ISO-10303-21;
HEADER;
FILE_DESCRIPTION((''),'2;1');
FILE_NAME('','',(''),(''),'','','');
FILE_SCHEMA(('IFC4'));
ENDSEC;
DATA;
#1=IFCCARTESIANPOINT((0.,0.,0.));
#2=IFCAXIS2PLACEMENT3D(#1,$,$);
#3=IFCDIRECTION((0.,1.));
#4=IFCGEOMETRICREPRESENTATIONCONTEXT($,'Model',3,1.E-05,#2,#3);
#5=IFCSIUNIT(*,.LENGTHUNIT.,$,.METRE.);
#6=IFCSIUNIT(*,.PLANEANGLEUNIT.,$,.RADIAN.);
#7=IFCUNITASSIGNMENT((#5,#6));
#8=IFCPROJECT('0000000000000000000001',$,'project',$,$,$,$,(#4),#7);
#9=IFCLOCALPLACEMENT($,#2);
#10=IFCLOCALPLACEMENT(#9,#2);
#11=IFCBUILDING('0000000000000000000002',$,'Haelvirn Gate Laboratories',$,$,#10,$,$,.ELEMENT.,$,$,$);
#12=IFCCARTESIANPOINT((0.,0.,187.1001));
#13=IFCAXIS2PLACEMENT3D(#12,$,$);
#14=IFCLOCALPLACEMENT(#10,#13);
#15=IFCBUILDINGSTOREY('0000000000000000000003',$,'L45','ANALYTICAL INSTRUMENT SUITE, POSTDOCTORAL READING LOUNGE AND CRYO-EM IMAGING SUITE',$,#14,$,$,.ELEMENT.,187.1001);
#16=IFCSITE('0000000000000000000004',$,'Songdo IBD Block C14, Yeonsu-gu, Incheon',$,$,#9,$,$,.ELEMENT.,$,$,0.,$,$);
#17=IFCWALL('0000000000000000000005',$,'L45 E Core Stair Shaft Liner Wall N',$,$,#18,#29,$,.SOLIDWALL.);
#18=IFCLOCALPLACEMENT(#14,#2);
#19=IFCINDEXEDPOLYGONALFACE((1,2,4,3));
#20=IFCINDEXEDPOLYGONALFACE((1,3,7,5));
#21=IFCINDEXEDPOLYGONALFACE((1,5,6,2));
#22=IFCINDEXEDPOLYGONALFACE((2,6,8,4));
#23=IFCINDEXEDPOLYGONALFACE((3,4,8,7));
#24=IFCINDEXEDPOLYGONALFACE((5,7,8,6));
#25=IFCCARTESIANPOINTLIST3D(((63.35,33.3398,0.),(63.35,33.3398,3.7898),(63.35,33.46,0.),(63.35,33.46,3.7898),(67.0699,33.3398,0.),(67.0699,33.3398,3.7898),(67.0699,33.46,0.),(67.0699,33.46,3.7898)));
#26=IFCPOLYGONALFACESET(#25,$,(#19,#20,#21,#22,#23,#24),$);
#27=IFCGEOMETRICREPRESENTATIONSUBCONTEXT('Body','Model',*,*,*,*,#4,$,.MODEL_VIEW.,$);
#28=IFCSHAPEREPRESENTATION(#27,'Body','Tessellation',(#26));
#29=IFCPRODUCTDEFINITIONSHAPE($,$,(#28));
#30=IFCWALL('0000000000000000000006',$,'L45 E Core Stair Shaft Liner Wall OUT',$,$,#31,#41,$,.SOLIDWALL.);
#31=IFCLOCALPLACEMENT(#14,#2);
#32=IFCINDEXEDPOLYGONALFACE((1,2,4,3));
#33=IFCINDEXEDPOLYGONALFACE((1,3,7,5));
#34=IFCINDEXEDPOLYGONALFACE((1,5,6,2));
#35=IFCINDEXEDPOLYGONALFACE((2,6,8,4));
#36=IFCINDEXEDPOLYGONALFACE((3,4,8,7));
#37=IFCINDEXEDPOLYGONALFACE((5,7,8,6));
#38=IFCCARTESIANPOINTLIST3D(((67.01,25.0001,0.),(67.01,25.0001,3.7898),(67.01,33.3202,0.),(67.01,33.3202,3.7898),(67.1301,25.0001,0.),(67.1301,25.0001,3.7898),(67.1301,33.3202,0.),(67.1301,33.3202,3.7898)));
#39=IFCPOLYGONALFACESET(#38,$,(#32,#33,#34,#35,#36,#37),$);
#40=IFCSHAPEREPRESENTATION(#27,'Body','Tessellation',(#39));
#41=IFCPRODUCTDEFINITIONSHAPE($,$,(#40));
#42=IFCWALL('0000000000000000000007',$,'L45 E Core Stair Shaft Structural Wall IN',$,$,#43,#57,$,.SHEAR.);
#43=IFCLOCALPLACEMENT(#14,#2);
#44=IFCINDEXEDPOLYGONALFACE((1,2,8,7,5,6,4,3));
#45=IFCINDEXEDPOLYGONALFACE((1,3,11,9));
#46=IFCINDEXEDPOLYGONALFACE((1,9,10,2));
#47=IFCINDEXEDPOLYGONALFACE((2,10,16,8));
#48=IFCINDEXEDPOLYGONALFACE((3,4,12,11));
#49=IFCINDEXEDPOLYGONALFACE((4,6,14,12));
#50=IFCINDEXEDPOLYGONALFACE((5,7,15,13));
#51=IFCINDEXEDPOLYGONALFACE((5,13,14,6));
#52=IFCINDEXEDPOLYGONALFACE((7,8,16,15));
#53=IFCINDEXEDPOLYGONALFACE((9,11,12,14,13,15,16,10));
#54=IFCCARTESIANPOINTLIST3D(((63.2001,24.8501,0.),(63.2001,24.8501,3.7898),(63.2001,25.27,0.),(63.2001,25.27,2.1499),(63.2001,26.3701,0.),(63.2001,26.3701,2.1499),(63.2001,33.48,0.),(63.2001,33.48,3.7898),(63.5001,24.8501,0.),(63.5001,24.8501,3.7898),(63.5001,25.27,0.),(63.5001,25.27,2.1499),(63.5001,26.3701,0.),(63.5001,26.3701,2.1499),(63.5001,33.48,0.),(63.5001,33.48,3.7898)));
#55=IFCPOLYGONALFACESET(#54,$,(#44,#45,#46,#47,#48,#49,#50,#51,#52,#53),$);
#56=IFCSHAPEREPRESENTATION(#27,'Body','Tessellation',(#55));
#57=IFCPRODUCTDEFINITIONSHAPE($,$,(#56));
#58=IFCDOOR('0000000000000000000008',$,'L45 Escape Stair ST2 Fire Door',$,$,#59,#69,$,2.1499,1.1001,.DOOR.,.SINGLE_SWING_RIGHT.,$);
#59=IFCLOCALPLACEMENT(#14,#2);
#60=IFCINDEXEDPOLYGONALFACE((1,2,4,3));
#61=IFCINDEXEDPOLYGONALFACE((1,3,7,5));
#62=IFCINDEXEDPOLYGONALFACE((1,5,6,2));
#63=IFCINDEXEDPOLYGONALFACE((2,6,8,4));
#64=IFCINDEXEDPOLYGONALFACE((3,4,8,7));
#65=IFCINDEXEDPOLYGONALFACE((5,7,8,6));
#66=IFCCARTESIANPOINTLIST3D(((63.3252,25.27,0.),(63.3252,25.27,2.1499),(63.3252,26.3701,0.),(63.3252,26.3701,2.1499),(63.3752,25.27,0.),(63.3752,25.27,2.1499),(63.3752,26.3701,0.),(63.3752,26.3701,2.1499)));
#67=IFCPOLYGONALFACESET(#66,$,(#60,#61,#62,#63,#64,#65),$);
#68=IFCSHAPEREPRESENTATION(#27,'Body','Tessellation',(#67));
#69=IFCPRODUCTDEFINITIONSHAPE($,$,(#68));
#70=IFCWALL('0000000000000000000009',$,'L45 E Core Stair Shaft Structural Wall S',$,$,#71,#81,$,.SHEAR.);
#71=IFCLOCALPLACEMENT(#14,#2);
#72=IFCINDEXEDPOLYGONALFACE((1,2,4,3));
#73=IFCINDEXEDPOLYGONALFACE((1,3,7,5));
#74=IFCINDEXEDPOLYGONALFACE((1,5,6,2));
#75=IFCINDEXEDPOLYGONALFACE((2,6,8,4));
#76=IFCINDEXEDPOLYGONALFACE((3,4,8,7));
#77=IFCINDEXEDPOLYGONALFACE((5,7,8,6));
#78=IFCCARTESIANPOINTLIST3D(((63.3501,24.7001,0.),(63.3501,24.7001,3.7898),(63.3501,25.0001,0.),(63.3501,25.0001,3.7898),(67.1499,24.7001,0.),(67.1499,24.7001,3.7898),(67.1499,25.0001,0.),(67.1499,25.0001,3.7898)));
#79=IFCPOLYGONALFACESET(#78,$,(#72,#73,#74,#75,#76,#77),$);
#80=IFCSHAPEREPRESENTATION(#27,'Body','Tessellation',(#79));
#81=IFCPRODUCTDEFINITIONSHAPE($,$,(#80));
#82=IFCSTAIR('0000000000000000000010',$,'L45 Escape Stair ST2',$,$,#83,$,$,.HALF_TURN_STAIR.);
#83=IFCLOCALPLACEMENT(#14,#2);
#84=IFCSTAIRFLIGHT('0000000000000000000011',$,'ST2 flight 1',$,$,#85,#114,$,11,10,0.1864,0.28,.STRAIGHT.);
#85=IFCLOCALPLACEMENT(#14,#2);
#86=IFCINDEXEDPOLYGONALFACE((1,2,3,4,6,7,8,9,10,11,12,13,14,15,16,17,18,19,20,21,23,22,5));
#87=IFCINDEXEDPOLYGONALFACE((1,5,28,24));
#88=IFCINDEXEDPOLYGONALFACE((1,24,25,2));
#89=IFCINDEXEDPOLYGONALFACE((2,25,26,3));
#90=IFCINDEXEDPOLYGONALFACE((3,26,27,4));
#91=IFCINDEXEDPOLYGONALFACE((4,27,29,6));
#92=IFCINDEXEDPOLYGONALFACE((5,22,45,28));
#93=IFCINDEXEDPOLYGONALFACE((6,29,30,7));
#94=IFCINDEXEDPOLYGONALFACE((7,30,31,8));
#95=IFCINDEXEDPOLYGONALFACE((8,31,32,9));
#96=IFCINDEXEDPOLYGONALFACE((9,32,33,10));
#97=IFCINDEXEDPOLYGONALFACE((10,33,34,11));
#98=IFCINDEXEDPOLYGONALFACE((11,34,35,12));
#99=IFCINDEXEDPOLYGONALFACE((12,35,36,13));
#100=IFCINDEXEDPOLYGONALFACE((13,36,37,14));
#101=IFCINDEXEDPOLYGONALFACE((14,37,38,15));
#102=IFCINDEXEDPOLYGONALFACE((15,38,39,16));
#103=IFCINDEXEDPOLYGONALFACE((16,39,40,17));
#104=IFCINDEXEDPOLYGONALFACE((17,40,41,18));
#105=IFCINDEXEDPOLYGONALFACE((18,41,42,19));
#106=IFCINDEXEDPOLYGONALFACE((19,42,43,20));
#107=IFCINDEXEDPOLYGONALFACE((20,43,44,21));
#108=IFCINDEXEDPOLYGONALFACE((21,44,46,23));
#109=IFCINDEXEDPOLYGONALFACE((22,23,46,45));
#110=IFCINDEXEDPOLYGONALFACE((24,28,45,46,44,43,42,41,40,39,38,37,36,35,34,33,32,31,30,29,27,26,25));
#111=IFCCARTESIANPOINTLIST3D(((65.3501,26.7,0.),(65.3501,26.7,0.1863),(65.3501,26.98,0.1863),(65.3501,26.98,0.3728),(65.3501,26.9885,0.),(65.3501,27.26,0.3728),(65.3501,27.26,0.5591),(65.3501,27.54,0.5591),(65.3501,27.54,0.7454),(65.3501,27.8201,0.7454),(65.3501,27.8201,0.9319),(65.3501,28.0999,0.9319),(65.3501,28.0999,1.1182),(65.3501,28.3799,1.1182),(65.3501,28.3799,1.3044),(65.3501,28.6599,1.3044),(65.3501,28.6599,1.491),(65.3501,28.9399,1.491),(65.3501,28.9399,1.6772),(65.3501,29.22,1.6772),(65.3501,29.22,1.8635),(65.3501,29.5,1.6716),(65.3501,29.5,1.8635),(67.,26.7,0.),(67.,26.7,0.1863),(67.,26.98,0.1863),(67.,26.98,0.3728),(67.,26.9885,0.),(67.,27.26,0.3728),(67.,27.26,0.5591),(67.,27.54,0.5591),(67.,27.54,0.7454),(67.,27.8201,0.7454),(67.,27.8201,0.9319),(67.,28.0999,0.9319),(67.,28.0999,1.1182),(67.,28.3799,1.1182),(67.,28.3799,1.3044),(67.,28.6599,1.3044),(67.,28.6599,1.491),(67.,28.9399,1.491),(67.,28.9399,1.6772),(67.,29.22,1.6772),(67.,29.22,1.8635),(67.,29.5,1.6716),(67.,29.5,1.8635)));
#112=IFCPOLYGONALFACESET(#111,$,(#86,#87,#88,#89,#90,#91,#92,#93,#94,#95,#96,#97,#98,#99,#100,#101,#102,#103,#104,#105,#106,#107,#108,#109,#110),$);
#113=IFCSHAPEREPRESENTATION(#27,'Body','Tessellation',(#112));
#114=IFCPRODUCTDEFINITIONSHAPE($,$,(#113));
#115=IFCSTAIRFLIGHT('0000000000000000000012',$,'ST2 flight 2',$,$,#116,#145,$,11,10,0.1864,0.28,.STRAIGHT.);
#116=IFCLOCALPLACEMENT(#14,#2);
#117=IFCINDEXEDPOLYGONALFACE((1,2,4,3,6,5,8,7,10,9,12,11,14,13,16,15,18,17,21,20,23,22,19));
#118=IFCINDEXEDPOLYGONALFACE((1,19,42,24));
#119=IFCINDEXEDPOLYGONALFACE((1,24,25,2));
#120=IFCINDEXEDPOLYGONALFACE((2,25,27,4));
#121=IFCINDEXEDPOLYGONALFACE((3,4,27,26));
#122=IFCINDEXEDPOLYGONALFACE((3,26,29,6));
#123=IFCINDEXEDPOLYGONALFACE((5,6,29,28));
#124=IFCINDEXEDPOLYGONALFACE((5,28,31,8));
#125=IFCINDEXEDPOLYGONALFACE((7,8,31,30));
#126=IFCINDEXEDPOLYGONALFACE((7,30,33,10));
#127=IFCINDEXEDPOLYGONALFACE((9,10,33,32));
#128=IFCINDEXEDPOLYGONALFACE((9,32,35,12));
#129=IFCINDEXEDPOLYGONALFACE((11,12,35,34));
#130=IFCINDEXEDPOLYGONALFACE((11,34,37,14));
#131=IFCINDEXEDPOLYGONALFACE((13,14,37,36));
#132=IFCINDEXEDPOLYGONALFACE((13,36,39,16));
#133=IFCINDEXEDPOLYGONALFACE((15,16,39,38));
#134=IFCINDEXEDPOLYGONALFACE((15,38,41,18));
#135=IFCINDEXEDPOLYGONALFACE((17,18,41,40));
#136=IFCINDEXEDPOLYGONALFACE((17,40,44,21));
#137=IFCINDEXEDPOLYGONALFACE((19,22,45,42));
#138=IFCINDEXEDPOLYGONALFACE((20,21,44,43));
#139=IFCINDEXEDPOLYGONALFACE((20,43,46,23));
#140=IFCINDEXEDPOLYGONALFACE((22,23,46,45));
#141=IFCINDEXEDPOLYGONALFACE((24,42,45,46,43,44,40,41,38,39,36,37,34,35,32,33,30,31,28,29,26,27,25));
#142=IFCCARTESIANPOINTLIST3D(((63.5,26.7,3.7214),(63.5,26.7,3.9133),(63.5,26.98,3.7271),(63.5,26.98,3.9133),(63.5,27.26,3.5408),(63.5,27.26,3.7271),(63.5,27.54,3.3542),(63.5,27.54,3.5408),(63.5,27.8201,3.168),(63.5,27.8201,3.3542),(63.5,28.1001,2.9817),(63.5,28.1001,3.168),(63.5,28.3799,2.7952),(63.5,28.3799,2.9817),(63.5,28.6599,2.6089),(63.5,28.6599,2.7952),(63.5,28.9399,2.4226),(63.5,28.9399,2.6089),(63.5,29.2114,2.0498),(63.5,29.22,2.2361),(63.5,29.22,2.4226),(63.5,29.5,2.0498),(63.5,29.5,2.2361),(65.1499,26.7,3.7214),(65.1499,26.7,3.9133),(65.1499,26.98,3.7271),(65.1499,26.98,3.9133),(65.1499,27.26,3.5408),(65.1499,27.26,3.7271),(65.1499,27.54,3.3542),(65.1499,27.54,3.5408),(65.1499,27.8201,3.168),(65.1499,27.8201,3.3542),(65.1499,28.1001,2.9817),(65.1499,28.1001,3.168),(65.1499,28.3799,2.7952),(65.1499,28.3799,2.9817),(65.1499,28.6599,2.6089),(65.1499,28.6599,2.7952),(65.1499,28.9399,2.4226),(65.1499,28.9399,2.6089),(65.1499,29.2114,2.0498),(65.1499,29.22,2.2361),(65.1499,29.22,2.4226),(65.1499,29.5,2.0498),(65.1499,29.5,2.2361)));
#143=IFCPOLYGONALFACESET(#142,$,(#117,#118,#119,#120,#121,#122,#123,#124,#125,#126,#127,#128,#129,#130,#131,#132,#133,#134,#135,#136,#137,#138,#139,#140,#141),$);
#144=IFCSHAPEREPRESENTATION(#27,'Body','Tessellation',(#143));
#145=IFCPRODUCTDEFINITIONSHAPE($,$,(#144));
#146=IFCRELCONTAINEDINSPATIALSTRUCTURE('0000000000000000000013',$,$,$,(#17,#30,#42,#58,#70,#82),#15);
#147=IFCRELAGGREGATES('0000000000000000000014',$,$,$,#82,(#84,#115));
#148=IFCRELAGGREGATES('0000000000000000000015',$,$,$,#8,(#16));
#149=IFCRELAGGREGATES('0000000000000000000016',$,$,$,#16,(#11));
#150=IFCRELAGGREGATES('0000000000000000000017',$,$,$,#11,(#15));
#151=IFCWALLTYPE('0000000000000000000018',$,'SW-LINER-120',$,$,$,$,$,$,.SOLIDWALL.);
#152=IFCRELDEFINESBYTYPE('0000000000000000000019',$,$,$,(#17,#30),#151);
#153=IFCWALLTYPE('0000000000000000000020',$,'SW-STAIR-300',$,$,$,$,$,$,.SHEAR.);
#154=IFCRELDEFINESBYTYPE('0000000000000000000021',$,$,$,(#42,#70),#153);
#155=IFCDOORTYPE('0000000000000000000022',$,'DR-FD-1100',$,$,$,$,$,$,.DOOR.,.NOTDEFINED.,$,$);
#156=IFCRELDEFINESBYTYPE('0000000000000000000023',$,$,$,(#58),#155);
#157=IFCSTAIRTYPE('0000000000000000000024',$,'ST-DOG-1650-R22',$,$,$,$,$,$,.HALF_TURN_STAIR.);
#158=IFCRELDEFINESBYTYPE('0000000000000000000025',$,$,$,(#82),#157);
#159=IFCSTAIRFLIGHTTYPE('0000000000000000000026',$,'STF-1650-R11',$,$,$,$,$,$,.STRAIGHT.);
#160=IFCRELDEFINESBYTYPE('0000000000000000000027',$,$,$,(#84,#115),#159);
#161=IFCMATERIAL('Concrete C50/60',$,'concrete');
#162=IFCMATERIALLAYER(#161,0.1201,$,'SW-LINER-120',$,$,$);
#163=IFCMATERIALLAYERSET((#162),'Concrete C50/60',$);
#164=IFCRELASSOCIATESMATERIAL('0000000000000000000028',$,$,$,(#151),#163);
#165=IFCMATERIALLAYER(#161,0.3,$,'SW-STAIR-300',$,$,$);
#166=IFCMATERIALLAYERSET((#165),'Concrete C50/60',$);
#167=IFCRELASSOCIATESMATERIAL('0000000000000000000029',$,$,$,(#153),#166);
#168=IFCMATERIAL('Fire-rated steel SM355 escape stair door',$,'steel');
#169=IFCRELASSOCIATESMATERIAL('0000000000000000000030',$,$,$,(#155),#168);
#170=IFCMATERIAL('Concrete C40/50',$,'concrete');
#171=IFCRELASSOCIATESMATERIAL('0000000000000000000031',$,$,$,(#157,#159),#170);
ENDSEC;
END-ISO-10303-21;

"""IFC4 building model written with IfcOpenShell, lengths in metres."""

from ifc_helpers import new_model, si_unit, direction, frame, frame_2d, origin, place, context, subcontext, project, spatial, polyline, rectangle, outline, extrude, source, transform, mapped, material, layer, layer_set, type_object, type_shapes, element, fill, aggregate, save


model = new_model("IFC4")

# Units and contexts
model_context = context("Model", 3, precision=1e-05, world=origin(), true_north=direction((0.0, 1.0)))
body_context = subcontext(model_context, "Body", "Model", "MODEL_VIEW")
ifc_project = project(units=[si_unit("LENGTHUNIT", "METRE"), si_unit("PLANEANGLEUNIT", "RADIAN")], contexts=[model_context])

# Site, building, storey
site_placement = place(None, origin())
site = spatial("IfcSite", under=ifc_project, at=site_placement, Name="Songdo IBD Block C14, Yeonsu-gu, Incheon", CompositionType="ELEMENT", RefElevation=0.0)
building_placement = place(site_placement, origin())
building = spatial("IfcBuilding", under=site, at=building_placement, Name="Haelvirn Gate Laboratories", CompositionType="ELEMENT")
storey_placement = place(building_placement, frame((0.0, 0.0, 187.1001)))
storey = spatial("IfcBuildingStorey", under=building, at=storey_placement, Name="L45", Description="ANALYTICAL INSTRUMENT SUITE, POSTDOCTORAL READING LOUNGE AND CRYO-EM IMAGING SUITE", CompositionType="ELEMENT", Elevation=187.1001)

# Walls
ifc_material_1 = material(Name="Concrete C50/60", Category="concrete")
ifc_layer_1 = layer(ifc_material_1, 0.1201, Name="SW-LINER-120")
ifc_layer_set_1 = layer_set([ifc_layer_1], Name="Concrete C50/60")
wall_type_1 = type_object("IfcWallType", Name="SW-LINER-120", PredefinedType="SOLIDWALL", material=ifc_layer_set_1)
wall_1_placement = place(storey_placement, frame((63.3501, 33.3999, 0.0), z_axis=(0.0, 0.0, 1.0), x_axis=(1.0, 0.0, 0.0)))
element("IfcWall", 1, at=wall_1_placement, inside=storey, type_object=wall_type_1, Name="L45 E Core Stair Shaft Liner Wall N", PredefinedType="SOLIDWALL", context=body_context, shape_type="SweptSolid", body=[
    extrude(rectangle(XDim=3.72, YDim=0.1201, at=frame_2d((1.8599, 0.0))), origin(), (0.0, 0.0, 1.0), 3.7898),
])
wall_2_placement = place(storey_placement, frame((67.0701, 25.0, 0.0), z_axis=(0.0, 0.0, 1.0), x_axis=(0.0, 1.0, 0.0)))
element("IfcWall", 2, at=wall_2_placement, inside=storey, type_object=wall_type_1, Name="L45 E Core Stair Shaft Liner Wall OUT", PredefinedType="SOLIDWALL", context=body_context, shape_type="SweptSolid", body=[
    extrude(rectangle(XDim=8.3201, YDim=0.1201, at=frame_2d((4.1602, 0.0))), origin(), (0.0, 0.0, 1.0), 3.7898),
])

# Wall, opening, door
ifc_layer_2 = layer(ifc_material_1, 0.3, Name="SW-STAIR-300")
ifc_layer_set_2 = layer_set([ifc_layer_2], Name="Concrete C50/60")
wall_type_2 = type_object("IfcWallType", Name="SW-STAIR-300", PredefinedType="SHEAR", material=ifc_layer_set_2)
wall_3_placement = place(storey_placement, frame((63.3501, 24.8501, 0.0), z_axis=(0.0, 0.0, 1.0), x_axis=(0.0, 1.0, 0.0)))
wall_3 = element("IfcWall", 3, at=wall_3_placement, inside=storey, type_object=wall_type_2, Name="L45 E Core Stair Shaft Structural Wall IN", PredefinedType="SHEAR", context=body_context, shape_type="SweptSolid", body=[
    extrude(rectangle(XDim=8.6299, YDim=0.3, at=frame_2d((4.3149, 0.0))), origin(), (0.0, 0.0, 1.0), 3.7898),
])
opening_1_placement = place(wall_3_placement, frame((0.4199, 0.0, 0.0)))
opening_1 = element("IfcOpeningElement", 4, at=opening_1_placement, cuts=wall_3, PredefinedType="OPENING", context=body_context, shape_type="SweptSolid", body=[
    extrude(rectangle(XDim=1.1001, YDim=2.1499, at=frame_2d((0.55, 1.075))), frame((0.0, 0.1602, 0.0), z_axis=(0.0, -1.0, 0.0), x_axis=(1.0, 0.0, 0.0)), (0.0, 0.0, 1.0), 0.3201),
])
ifc_material_2 = material(Name="Fire-rated steel SM355 escape stair door", Category="steel")
door_type_1 = type_object("IfcDoorType", Name="DR-FD-1100", OperationType="NOTDEFINED", PredefinedType="DOOR", material=ifc_material_2)
shared_shape_1 = source(origin(), body_context, "Body", "SweptSolid", [
    extrude(rectangle(XDim=1.1001, YDim=2.1499, at=frame_2d((0.55, 1.075))), frame((0.0, 0.0249, 0.0), z_axis=(0.0, -1.0, 0.0), x_axis=(1.0, 0.0, 0.0)), (0.0, 0.0, 1.0), 0.05),
])
type_shapes(door_type_1, [shared_shape_1])
door_1_placement = place(opening_1_placement, origin())
door_1 = element("IfcDoor", 5, at=door_1_placement, inside=storey, type_object=door_type_1, Name="L45 Escape Stair ST2 Fire Door", OperationType="SINGLE_SWING_RIGHT", OverallHeight=2.1499, OverallWidth=1.1001, PredefinedType="DOOR", context=body_context, shape_type="MappedRepresentation", body=[
    mapped(shared_shape_1, transform((0.0, 0.0, 0.0), scale=1.0)),
])
fill(opening_1, door_1)

# Wall
wall_4_placement = place(storey_placement, frame((63.3501, 24.8501, 0.0), z_axis=(0.0, 0.0, 1.0), x_axis=(1.0, 0.0, 0.0)))
element("IfcWall", 6, at=wall_4_placement, inside=storey, type_object=wall_type_2, Name="L45 E Core Stair Shaft Structural Wall S", PredefinedType="SHEAR", context=body_context, shape_type="SweptSolid", body=[
    extrude(rectangle(XDim=3.7998, YDim=0.3, at=frame_2d((1.8999, 0.0))), origin(), (0.0, 0.0, 1.0), 3.7898),
])

# Stair, stair flights
ifc_material_3 = material(Name="Concrete C40/50", Category="concrete")
stair_type = type_object("IfcStairType", Name="ST-DOG-1650-R22", PredefinedType="HALF_TURN_STAIR", material=ifc_material_3)
stair_placement = place(storey_placement, origin())
stair = element("IfcStair", 7, at=stair_placement, inside=storey, type_object=stair_type, Name="L45 Escape Stair ST2", PredefinedType="HALF_TURN_STAIR")
stair_flight_type = type_object("IfcStairFlightType", Name="STF-1650-R11", PredefinedType="STRAIGHT", material=ifc_material_3)
shared_shape_2 = source(origin(), body_context, "Body", "SweptSolid", [
    extrude(outline(polyline([(0.0, 0.0), (0.0, 0.1863), (0.28, 0.1863), (0.28, 0.3728), (0.5601, 0.3728), (0.5601, 0.5591), (0.8401, 0.5591), (0.8401, 0.7454), (1.1201, 0.7454), (1.1201, 0.9319), (1.3999, 0.9319), (1.3999, 1.1182), (1.6799, 1.1182), (1.6799, 1.3044), (1.96, 1.3044), (1.96, 1.491), (2.24, 1.491), (2.24, 1.6772), (2.52, 1.6772), (2.52, 1.8635), (2.8, 1.8635), (2.8, 2.05), (2.8, 1.6716), (0.2886, 0.0), (0.0, 0.0)])), frame((0.0, 0.825, 0.0), z_axis=(0.0, -1.0, 0.0), x_axis=(1.0, 0.0, 0.0)), (0.0, 0.0, 1.0), 1.6499),
])
type_shapes(stair_flight_type, [shared_shape_2])
stair_flight_1_placement = place(storey_placement, frame((66.175, 26.7, 0.0), z_axis=(0.0, 0.0, 1.0), x_axis=(0.0, 1.0, 0.0)))
stair_flight_1 = element("IfcStairFlight", 8, at=stair_flight_1_placement, type_object=stair_flight_type, Name="ST2 flight 1", NumberOfRisers=11, NumberOfTreads=10, PredefinedType="STRAIGHT", RiserHeight=0.1864, TreadLength=0.28, context=body_context, shape_type="MappedRepresentation", body=[
    mapped(shared_shape_2, transform((0.0, 0.0, 0.0), scale=1.0)),
])
stair_flight_2_placement = place(storey_placement, frame((64.325, 29.5, 2.0498), z_axis=(0.0, 0.0, 1.0), x_axis=(0.0, -1.0, 0.0)))
stair_flight_2 = element("IfcStairFlight", 9, at=stair_flight_2_placement, type_object=stair_flight_type, Name="ST2 flight 2", NumberOfRisers=11, NumberOfTreads=10, PredefinedType="STRAIGHT", RiserHeight=0.1864, TreadLength=0.28, context=body_context, shape_type="MappedRepresentation", body=[
    mapped(shared_shape_2, transform((0.0, 0.0, 0.0), scale=1.0)),
])
aggregate(stair, [stair_flight_1, stair_flight_2])

save(model, "model.ifc")
